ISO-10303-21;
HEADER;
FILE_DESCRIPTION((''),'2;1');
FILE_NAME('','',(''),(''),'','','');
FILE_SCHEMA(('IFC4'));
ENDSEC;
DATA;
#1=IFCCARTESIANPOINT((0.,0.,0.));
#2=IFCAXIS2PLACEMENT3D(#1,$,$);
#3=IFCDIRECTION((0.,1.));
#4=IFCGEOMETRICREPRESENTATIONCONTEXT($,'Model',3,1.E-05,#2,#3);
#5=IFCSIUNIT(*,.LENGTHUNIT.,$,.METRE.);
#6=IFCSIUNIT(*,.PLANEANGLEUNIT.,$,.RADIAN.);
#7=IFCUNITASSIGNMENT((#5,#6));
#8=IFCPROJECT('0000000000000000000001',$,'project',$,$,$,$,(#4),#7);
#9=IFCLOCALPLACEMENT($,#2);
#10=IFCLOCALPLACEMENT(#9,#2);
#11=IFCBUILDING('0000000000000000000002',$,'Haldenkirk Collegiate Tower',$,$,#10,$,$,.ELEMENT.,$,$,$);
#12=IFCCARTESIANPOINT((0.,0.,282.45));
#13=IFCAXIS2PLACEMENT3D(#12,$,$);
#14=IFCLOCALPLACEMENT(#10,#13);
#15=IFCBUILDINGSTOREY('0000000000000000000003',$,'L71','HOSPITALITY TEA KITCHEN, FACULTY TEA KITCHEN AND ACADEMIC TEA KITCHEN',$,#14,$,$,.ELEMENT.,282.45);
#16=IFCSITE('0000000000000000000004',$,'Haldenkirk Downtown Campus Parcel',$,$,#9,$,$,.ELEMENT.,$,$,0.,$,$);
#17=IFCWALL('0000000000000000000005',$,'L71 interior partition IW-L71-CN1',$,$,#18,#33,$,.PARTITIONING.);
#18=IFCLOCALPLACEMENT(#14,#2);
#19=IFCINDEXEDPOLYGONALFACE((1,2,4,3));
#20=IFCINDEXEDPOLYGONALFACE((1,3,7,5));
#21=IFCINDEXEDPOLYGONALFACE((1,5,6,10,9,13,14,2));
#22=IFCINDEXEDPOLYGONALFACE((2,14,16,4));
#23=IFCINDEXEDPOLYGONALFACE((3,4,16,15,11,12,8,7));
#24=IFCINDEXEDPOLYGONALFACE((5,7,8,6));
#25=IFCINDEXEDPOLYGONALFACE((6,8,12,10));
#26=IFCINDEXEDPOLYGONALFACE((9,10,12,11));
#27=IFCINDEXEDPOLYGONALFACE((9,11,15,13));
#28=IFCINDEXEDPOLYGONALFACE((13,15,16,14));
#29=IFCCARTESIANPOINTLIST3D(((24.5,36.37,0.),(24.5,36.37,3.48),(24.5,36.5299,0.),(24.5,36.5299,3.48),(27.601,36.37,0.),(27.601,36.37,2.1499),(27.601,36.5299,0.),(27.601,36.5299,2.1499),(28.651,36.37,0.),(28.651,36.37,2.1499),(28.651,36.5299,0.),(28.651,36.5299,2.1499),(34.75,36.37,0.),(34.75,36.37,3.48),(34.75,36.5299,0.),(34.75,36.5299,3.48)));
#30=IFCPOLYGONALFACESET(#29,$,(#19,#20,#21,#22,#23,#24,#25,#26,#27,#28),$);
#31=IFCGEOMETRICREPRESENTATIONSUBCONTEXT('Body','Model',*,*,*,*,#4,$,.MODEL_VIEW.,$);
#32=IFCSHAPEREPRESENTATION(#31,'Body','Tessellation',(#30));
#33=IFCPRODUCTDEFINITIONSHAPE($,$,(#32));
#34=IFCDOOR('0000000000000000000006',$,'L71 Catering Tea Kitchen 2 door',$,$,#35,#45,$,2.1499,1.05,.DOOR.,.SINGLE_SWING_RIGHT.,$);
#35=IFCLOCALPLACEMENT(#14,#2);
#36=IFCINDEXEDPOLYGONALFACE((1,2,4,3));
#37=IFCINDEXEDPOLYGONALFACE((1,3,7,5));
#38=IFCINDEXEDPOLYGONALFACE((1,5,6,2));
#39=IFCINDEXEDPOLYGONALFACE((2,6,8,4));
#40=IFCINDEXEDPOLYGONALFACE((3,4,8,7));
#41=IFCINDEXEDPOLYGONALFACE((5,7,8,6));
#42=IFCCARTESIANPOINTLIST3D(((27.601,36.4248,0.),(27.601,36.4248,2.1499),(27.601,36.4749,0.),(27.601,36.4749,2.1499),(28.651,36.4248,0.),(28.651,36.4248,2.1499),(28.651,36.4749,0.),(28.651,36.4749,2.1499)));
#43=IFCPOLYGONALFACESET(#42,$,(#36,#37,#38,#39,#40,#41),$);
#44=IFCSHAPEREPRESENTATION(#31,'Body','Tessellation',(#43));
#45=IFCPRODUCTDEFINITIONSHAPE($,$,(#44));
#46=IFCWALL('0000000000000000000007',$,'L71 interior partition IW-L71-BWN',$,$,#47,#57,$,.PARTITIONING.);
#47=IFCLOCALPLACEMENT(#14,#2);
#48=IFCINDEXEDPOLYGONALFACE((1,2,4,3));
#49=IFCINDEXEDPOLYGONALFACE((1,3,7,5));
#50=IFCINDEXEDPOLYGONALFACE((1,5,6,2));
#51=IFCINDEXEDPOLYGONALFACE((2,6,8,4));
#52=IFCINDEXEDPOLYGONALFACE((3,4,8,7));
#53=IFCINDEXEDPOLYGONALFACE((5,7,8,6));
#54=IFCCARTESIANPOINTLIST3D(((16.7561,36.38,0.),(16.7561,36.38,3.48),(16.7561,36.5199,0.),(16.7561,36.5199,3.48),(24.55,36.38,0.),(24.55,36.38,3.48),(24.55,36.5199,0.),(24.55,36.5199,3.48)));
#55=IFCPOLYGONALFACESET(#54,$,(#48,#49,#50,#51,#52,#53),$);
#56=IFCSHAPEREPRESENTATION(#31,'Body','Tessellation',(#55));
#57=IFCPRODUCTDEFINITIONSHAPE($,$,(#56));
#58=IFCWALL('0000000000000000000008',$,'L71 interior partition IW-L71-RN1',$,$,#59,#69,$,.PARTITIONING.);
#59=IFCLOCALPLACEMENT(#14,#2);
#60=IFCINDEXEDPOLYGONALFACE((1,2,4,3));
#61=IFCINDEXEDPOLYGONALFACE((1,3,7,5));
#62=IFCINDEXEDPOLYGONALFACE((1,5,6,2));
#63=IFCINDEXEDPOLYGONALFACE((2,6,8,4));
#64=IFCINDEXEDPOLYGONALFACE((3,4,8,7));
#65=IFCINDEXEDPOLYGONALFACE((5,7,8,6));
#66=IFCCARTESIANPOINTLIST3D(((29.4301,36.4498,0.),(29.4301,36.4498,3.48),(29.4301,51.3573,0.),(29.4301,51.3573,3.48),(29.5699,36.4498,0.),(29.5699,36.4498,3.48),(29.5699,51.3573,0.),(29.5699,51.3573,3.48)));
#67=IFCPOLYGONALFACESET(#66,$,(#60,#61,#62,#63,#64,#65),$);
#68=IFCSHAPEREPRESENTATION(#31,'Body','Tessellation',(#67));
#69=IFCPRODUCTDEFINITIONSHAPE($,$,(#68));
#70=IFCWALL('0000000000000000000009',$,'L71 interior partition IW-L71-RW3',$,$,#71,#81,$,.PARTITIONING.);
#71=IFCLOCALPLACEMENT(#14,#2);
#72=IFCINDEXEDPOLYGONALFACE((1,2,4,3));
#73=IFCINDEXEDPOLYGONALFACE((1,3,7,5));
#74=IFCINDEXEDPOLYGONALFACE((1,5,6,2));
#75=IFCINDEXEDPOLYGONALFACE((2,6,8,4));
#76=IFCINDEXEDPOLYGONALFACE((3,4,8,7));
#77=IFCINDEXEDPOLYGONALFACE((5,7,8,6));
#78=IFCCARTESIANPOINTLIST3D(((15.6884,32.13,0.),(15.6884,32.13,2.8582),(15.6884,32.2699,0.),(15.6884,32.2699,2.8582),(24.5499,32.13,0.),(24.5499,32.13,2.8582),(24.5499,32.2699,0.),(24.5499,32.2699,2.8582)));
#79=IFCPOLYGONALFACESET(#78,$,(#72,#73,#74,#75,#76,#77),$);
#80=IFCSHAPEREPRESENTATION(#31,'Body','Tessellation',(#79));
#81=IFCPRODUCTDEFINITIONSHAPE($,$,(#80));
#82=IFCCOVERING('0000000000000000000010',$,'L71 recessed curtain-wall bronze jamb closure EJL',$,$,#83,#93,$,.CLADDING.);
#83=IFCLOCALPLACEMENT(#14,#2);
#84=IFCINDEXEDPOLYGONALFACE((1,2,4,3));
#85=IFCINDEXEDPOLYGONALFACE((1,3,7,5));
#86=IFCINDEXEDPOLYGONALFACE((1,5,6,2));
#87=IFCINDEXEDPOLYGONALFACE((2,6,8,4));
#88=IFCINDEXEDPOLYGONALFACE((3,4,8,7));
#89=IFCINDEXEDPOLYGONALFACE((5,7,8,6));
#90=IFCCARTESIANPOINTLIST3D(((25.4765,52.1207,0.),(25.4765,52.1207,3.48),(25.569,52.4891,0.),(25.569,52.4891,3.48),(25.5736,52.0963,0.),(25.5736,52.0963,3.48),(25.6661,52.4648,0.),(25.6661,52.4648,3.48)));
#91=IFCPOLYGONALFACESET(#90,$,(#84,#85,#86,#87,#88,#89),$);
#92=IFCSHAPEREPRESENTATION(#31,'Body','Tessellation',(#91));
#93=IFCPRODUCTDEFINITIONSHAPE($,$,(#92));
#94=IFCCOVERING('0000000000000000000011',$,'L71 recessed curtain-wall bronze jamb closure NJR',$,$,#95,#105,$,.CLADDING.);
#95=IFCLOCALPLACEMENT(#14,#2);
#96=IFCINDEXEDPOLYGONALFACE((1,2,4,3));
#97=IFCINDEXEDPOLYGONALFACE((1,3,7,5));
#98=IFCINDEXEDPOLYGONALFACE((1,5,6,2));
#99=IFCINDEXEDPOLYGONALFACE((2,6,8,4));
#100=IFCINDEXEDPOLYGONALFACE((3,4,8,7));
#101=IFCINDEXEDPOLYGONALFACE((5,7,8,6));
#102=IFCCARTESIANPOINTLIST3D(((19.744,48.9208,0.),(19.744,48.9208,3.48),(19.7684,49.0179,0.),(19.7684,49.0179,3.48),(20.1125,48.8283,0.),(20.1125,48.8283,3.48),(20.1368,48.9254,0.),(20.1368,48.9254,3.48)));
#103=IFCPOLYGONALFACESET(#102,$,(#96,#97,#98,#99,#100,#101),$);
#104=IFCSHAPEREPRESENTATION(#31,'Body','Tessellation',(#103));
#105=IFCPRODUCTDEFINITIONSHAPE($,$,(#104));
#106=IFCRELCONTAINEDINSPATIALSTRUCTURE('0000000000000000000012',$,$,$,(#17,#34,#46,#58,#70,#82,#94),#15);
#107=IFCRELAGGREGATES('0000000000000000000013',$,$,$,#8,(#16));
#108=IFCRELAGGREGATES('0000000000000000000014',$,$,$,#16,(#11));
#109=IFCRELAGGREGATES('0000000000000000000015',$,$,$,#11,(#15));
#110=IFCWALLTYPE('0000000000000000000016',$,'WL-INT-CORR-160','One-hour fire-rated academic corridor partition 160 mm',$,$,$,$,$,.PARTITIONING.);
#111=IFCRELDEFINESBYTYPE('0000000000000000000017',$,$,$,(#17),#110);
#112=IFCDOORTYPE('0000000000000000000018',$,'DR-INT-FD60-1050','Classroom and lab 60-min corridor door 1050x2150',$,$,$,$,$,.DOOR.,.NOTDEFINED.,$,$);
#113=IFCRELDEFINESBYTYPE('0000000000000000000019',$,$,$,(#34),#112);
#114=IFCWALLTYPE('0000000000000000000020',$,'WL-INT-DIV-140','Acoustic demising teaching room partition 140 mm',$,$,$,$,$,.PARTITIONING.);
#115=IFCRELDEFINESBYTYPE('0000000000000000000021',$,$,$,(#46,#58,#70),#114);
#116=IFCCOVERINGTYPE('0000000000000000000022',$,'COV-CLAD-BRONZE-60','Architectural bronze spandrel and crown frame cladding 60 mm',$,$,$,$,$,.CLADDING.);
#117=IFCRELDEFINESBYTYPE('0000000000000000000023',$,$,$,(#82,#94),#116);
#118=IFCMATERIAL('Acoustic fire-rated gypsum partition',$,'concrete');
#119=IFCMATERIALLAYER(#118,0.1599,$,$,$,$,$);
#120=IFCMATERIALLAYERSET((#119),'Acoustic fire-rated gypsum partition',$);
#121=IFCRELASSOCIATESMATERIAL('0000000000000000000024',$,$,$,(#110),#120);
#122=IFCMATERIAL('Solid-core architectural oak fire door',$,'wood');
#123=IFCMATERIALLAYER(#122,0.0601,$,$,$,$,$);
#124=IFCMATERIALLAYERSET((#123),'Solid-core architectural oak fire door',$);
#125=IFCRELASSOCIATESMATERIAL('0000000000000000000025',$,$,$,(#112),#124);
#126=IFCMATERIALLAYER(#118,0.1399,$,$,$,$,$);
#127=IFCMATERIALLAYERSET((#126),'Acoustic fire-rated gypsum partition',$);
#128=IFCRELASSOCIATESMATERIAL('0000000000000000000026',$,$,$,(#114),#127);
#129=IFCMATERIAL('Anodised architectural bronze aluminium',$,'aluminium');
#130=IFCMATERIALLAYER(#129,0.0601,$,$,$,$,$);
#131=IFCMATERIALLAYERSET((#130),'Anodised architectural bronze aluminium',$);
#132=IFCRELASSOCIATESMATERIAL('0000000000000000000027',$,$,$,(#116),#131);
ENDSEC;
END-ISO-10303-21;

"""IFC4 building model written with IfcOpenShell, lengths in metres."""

from ifc_helpers import new_model, si_unit, direction, frame, frame_2d, origin, origin_2d, place, context, subcontext, project, spatial, rectangle, extrude, source, transform, mapped, material, layer, layer_set, type_object, element, fill, save


model = new_model("IFC4")

# Units and contexts
model_context = context("Model", 3, precision=1e-05, world=origin(), true_north=direction((0.0, 1.0)))
body_context = subcontext(model_context, "Body", "Model", "MODEL_VIEW")
ifc_project = project(units=[si_unit("LENGTHUNIT", "METRE"), si_unit("PLANEANGLEUNIT", "RADIAN")], contexts=[model_context])

# Site, building, storey
site_placement = place(None, origin())
site = spatial("IfcSite", under=ifc_project, at=site_placement, Name="Haldenkirk Downtown Campus Parcel", CompositionType="ELEMENT", RefElevation=0.0)
building_placement = place(site_placement, origin())
building = spatial("IfcBuilding", under=site, at=building_placement, Name="Haldenkirk Collegiate Tower", CompositionType="ELEMENT")
storey_placement = place(building_placement, frame((0.0, 0.0, 282.45)))
storey = spatial("IfcBuildingStorey", under=building, at=storey_placement, Name="L71", Description="HOSPITALITY TEA KITCHEN, FACULTY TEA KITCHEN AND ACADEMIC TEA KITCHEN", CompositionType="ELEMENT", Elevation=282.45)

# Shared definitions
ifc_material_1 = material(Name="Anodised architectural bronze aluminium", Category="aluminium")

# Wall, opening, door
ifc_material_2 = material(Name="Acoustic fire-rated gypsum partition", Category="concrete")
ifc_layer_1 = layer(ifc_material_2, 0.1599)
ifc_layer_set_1 = layer_set([ifc_layer_1], Name="Acoustic fire-rated gypsum partition")
wall_type_1 = type_object("IfcWallType", Name="WL-INT-CORR-160", Description="One-hour fire-rated academic corridor partition 160 mm", PredefinedType="PARTITIONING", material=ifc_layer_set_1)
wall_1_placement = place(storey_placement, frame((24.5, 36.45, 0.0), z_axis=(0.0, 0.0, 1.0), x_axis=(1.0, 0.0, 0.0)))
wall_1 = element("IfcWall", 1, at=wall_1_placement, inside=storey, type_object=wall_type_1, Name="L71 interior partition IW-L71-CN1", PredefinedType="PARTITIONING", context=body_context, shape_type="SweptSolid", body=[
    extrude(rectangle(XDim=10.25, YDim=0.1599, at=frame_2d((5.125, 0.0))), origin(), (0.0, 0.0, 1.0), 3.48),
])
opening_1_placement = place(wall_1_placement, frame((3.1011, 0.0, 0.0)))
opening_1 = element("IfcOpeningElement", 2, at=opening_1_placement, cuts=wall_1, PredefinedType="OPENING", context=body_context, shape_type="SweptSolid", body=[
    extrude(rectangle(XDim=1.05, YDim=2.1499, at=frame_2d((0.5249, 1.075))), frame((0.0, 0.0898, 0.0), z_axis=(0.0, -1.0, 0.0), x_axis=(1.0, 0.0, 0.0)), (0.0, 0.0, 1.0), 0.1799),
])
ifc_material_3 = material(Name="Solid-core architectural oak fire door", Category="wood")
ifc_layer_2 = layer(ifc_material_3, 0.0601)
ifc_layer_set_2 = layer_set([ifc_layer_2], Name="Solid-core architectural oak fire door")
door_type = type_object("IfcDoorType", Name="DR-INT-FD60-1050", Description="Classroom and lab 60-min corridor door 1050x2150", OperationType="NOTDEFINED", PredefinedType="DOOR", material=ifc_layer_set_2)
door_placement = place(opening_1_placement, origin())
door = element("IfcDoor", 3, at=door_placement, inside=storey, type_object=door_type, Name="L71 Catering Tea Kitchen 2 door", OperationType="SINGLE_SWING_RIGHT", OverallHeight=2.1499, OverallWidth=1.05, PredefinedType="DOOR", context=body_context, shape_type="SweptSolid", body=[
    extrude(rectangle(XDim=1.05, YDim=2.1499, at=frame_2d((0.5249, 1.075))), frame((0.0, 0.0249, 0.0), z_axis=(0.0, -1.0, 0.0), x_axis=(1.0, 0.0, 0.0)), (0.0, 0.0, 1.0), 0.05),
])
fill(opening_1, door)

# Walls
ifc_layer_3 = layer(ifc_material_2, 0.1399)
ifc_layer_set_3 = layer_set([ifc_layer_3], Name="Acoustic fire-rated gypsum partition")
wall_type_2 = type_object("IfcWallType", Name="WL-INT-DIV-140", Description="Acoustic demising teaching room partition 140 mm", PredefinedType="PARTITIONING", material=ifc_layer_set_3)
wall_2_placement = place(storey_placement, frame((16.7561, 36.45, 0.0), z_axis=(0.0, 0.0, 1.0), x_axis=(1.0, 0.0, 0.0)))
element("IfcWall", 4, at=wall_2_placement, inside=storey, type_object=wall_type_2, Name="L71 interior partition IW-L71-BWN", PredefinedType="PARTITIONING", context=body_context, shape_type="SweptSolid", body=[
    extrude(rectangle(XDim=7.7939, YDim=0.1399, at=frame_2d((3.897, 0.0))), origin(), (0.0, 0.0, 1.0), 3.48),
])
wall_3_placement = place(storey_placement, frame((29.5, 36.45, 0.0), z_axis=(0.0, 0.0, 1.0), x_axis=(0.0, 1.0, 0.0)))
element("IfcWall", 5, at=wall_3_placement, inside=storey, type_object=wall_type_2, Name="L71 interior partition IW-L71-RN1", PredefinedType="PARTITIONING", context=body_context, shape_type="SweptSolid", body=[
    extrude(rectangle(XDim=14.9075, YDim=0.1399, at=frame_2d((7.4536, 0.0))), origin(), (0.0, 0.0, 1.0), 3.48),
])
wall_4_placement = place(storey_placement, frame((15.6885, 32.2, 0.0), z_axis=(0.0, 0.0, 1.0), x_axis=(1.0, 0.0, 0.0)))
element("IfcWall", 6, at=wall_4_placement, inside=storey, type_object=wall_type_2, Name="L71 interior partition IW-L71-RW3", PredefinedType="PARTITIONING", context=body_context, shape_type="SweptSolid", body=[
    extrude(rectangle(XDim=8.8616, YDim=0.1399, at=frame_2d((4.4307, 0.0))), origin(), (0.0, 0.0, 1.0), 2.8582),
])

# Coverings
ifc_layer_4 = layer(ifc_material_1, 0.0601)
ifc_layer_set_4 = layer_set([ifc_layer_4], Name="Anodised architectural bronze aluminium")
covering_type = type_object("IfcCoveringType", Name="COV-CLAD-BRONZE-60", Description="Architectural bronze spandrel and crown frame cladding 60 mm", PredefinedType="CLADDING", material=ifc_layer_set_4)
shared_shape_1 = source(origin(), body_context, "Body", "SweptSolid", [
    extrude(rectangle(XDim=0.1001, YDim=0.3799, at=origin_2d()), origin(), (0.0, 0.0, 1.0), 3.48),
])
for number, where, z_axis, x_axis, name in (
    (7, (25.5713, 52.2927, 0.0), (0.0, 0.0, 1.0), (0.969872, -0.243615, 0.0), "L71 recessed curtain-wall bronze jamb closure EJL"),
    (8, (19.9404, 48.9231, 0.0), (0.0, 0.0, 1.0), (0.243615, 0.969872, 0.0), "L71 recessed curtain-wall bronze jamb closure NJR"),
):
    element("IfcCovering", number, at=place(storey_placement, frame(where, z_axis=z_axis, x_axis=x_axis)), inside=storey, type_object=covering_type, Name=name, PredefinedType="CLADDING", context=body_context, shape_type="MappedRepresentation", body=[
        mapped(shared_shape_1, transform((0.0, 0.0, 0.0), x_axis=(1.0, 0.0, 0.0), y_axis=(0.0, 1.0, 0.0), z_axis=(0.0, 0.0, 1.0), scale=1.0)),
    ])

save(model, "model.ifc")
